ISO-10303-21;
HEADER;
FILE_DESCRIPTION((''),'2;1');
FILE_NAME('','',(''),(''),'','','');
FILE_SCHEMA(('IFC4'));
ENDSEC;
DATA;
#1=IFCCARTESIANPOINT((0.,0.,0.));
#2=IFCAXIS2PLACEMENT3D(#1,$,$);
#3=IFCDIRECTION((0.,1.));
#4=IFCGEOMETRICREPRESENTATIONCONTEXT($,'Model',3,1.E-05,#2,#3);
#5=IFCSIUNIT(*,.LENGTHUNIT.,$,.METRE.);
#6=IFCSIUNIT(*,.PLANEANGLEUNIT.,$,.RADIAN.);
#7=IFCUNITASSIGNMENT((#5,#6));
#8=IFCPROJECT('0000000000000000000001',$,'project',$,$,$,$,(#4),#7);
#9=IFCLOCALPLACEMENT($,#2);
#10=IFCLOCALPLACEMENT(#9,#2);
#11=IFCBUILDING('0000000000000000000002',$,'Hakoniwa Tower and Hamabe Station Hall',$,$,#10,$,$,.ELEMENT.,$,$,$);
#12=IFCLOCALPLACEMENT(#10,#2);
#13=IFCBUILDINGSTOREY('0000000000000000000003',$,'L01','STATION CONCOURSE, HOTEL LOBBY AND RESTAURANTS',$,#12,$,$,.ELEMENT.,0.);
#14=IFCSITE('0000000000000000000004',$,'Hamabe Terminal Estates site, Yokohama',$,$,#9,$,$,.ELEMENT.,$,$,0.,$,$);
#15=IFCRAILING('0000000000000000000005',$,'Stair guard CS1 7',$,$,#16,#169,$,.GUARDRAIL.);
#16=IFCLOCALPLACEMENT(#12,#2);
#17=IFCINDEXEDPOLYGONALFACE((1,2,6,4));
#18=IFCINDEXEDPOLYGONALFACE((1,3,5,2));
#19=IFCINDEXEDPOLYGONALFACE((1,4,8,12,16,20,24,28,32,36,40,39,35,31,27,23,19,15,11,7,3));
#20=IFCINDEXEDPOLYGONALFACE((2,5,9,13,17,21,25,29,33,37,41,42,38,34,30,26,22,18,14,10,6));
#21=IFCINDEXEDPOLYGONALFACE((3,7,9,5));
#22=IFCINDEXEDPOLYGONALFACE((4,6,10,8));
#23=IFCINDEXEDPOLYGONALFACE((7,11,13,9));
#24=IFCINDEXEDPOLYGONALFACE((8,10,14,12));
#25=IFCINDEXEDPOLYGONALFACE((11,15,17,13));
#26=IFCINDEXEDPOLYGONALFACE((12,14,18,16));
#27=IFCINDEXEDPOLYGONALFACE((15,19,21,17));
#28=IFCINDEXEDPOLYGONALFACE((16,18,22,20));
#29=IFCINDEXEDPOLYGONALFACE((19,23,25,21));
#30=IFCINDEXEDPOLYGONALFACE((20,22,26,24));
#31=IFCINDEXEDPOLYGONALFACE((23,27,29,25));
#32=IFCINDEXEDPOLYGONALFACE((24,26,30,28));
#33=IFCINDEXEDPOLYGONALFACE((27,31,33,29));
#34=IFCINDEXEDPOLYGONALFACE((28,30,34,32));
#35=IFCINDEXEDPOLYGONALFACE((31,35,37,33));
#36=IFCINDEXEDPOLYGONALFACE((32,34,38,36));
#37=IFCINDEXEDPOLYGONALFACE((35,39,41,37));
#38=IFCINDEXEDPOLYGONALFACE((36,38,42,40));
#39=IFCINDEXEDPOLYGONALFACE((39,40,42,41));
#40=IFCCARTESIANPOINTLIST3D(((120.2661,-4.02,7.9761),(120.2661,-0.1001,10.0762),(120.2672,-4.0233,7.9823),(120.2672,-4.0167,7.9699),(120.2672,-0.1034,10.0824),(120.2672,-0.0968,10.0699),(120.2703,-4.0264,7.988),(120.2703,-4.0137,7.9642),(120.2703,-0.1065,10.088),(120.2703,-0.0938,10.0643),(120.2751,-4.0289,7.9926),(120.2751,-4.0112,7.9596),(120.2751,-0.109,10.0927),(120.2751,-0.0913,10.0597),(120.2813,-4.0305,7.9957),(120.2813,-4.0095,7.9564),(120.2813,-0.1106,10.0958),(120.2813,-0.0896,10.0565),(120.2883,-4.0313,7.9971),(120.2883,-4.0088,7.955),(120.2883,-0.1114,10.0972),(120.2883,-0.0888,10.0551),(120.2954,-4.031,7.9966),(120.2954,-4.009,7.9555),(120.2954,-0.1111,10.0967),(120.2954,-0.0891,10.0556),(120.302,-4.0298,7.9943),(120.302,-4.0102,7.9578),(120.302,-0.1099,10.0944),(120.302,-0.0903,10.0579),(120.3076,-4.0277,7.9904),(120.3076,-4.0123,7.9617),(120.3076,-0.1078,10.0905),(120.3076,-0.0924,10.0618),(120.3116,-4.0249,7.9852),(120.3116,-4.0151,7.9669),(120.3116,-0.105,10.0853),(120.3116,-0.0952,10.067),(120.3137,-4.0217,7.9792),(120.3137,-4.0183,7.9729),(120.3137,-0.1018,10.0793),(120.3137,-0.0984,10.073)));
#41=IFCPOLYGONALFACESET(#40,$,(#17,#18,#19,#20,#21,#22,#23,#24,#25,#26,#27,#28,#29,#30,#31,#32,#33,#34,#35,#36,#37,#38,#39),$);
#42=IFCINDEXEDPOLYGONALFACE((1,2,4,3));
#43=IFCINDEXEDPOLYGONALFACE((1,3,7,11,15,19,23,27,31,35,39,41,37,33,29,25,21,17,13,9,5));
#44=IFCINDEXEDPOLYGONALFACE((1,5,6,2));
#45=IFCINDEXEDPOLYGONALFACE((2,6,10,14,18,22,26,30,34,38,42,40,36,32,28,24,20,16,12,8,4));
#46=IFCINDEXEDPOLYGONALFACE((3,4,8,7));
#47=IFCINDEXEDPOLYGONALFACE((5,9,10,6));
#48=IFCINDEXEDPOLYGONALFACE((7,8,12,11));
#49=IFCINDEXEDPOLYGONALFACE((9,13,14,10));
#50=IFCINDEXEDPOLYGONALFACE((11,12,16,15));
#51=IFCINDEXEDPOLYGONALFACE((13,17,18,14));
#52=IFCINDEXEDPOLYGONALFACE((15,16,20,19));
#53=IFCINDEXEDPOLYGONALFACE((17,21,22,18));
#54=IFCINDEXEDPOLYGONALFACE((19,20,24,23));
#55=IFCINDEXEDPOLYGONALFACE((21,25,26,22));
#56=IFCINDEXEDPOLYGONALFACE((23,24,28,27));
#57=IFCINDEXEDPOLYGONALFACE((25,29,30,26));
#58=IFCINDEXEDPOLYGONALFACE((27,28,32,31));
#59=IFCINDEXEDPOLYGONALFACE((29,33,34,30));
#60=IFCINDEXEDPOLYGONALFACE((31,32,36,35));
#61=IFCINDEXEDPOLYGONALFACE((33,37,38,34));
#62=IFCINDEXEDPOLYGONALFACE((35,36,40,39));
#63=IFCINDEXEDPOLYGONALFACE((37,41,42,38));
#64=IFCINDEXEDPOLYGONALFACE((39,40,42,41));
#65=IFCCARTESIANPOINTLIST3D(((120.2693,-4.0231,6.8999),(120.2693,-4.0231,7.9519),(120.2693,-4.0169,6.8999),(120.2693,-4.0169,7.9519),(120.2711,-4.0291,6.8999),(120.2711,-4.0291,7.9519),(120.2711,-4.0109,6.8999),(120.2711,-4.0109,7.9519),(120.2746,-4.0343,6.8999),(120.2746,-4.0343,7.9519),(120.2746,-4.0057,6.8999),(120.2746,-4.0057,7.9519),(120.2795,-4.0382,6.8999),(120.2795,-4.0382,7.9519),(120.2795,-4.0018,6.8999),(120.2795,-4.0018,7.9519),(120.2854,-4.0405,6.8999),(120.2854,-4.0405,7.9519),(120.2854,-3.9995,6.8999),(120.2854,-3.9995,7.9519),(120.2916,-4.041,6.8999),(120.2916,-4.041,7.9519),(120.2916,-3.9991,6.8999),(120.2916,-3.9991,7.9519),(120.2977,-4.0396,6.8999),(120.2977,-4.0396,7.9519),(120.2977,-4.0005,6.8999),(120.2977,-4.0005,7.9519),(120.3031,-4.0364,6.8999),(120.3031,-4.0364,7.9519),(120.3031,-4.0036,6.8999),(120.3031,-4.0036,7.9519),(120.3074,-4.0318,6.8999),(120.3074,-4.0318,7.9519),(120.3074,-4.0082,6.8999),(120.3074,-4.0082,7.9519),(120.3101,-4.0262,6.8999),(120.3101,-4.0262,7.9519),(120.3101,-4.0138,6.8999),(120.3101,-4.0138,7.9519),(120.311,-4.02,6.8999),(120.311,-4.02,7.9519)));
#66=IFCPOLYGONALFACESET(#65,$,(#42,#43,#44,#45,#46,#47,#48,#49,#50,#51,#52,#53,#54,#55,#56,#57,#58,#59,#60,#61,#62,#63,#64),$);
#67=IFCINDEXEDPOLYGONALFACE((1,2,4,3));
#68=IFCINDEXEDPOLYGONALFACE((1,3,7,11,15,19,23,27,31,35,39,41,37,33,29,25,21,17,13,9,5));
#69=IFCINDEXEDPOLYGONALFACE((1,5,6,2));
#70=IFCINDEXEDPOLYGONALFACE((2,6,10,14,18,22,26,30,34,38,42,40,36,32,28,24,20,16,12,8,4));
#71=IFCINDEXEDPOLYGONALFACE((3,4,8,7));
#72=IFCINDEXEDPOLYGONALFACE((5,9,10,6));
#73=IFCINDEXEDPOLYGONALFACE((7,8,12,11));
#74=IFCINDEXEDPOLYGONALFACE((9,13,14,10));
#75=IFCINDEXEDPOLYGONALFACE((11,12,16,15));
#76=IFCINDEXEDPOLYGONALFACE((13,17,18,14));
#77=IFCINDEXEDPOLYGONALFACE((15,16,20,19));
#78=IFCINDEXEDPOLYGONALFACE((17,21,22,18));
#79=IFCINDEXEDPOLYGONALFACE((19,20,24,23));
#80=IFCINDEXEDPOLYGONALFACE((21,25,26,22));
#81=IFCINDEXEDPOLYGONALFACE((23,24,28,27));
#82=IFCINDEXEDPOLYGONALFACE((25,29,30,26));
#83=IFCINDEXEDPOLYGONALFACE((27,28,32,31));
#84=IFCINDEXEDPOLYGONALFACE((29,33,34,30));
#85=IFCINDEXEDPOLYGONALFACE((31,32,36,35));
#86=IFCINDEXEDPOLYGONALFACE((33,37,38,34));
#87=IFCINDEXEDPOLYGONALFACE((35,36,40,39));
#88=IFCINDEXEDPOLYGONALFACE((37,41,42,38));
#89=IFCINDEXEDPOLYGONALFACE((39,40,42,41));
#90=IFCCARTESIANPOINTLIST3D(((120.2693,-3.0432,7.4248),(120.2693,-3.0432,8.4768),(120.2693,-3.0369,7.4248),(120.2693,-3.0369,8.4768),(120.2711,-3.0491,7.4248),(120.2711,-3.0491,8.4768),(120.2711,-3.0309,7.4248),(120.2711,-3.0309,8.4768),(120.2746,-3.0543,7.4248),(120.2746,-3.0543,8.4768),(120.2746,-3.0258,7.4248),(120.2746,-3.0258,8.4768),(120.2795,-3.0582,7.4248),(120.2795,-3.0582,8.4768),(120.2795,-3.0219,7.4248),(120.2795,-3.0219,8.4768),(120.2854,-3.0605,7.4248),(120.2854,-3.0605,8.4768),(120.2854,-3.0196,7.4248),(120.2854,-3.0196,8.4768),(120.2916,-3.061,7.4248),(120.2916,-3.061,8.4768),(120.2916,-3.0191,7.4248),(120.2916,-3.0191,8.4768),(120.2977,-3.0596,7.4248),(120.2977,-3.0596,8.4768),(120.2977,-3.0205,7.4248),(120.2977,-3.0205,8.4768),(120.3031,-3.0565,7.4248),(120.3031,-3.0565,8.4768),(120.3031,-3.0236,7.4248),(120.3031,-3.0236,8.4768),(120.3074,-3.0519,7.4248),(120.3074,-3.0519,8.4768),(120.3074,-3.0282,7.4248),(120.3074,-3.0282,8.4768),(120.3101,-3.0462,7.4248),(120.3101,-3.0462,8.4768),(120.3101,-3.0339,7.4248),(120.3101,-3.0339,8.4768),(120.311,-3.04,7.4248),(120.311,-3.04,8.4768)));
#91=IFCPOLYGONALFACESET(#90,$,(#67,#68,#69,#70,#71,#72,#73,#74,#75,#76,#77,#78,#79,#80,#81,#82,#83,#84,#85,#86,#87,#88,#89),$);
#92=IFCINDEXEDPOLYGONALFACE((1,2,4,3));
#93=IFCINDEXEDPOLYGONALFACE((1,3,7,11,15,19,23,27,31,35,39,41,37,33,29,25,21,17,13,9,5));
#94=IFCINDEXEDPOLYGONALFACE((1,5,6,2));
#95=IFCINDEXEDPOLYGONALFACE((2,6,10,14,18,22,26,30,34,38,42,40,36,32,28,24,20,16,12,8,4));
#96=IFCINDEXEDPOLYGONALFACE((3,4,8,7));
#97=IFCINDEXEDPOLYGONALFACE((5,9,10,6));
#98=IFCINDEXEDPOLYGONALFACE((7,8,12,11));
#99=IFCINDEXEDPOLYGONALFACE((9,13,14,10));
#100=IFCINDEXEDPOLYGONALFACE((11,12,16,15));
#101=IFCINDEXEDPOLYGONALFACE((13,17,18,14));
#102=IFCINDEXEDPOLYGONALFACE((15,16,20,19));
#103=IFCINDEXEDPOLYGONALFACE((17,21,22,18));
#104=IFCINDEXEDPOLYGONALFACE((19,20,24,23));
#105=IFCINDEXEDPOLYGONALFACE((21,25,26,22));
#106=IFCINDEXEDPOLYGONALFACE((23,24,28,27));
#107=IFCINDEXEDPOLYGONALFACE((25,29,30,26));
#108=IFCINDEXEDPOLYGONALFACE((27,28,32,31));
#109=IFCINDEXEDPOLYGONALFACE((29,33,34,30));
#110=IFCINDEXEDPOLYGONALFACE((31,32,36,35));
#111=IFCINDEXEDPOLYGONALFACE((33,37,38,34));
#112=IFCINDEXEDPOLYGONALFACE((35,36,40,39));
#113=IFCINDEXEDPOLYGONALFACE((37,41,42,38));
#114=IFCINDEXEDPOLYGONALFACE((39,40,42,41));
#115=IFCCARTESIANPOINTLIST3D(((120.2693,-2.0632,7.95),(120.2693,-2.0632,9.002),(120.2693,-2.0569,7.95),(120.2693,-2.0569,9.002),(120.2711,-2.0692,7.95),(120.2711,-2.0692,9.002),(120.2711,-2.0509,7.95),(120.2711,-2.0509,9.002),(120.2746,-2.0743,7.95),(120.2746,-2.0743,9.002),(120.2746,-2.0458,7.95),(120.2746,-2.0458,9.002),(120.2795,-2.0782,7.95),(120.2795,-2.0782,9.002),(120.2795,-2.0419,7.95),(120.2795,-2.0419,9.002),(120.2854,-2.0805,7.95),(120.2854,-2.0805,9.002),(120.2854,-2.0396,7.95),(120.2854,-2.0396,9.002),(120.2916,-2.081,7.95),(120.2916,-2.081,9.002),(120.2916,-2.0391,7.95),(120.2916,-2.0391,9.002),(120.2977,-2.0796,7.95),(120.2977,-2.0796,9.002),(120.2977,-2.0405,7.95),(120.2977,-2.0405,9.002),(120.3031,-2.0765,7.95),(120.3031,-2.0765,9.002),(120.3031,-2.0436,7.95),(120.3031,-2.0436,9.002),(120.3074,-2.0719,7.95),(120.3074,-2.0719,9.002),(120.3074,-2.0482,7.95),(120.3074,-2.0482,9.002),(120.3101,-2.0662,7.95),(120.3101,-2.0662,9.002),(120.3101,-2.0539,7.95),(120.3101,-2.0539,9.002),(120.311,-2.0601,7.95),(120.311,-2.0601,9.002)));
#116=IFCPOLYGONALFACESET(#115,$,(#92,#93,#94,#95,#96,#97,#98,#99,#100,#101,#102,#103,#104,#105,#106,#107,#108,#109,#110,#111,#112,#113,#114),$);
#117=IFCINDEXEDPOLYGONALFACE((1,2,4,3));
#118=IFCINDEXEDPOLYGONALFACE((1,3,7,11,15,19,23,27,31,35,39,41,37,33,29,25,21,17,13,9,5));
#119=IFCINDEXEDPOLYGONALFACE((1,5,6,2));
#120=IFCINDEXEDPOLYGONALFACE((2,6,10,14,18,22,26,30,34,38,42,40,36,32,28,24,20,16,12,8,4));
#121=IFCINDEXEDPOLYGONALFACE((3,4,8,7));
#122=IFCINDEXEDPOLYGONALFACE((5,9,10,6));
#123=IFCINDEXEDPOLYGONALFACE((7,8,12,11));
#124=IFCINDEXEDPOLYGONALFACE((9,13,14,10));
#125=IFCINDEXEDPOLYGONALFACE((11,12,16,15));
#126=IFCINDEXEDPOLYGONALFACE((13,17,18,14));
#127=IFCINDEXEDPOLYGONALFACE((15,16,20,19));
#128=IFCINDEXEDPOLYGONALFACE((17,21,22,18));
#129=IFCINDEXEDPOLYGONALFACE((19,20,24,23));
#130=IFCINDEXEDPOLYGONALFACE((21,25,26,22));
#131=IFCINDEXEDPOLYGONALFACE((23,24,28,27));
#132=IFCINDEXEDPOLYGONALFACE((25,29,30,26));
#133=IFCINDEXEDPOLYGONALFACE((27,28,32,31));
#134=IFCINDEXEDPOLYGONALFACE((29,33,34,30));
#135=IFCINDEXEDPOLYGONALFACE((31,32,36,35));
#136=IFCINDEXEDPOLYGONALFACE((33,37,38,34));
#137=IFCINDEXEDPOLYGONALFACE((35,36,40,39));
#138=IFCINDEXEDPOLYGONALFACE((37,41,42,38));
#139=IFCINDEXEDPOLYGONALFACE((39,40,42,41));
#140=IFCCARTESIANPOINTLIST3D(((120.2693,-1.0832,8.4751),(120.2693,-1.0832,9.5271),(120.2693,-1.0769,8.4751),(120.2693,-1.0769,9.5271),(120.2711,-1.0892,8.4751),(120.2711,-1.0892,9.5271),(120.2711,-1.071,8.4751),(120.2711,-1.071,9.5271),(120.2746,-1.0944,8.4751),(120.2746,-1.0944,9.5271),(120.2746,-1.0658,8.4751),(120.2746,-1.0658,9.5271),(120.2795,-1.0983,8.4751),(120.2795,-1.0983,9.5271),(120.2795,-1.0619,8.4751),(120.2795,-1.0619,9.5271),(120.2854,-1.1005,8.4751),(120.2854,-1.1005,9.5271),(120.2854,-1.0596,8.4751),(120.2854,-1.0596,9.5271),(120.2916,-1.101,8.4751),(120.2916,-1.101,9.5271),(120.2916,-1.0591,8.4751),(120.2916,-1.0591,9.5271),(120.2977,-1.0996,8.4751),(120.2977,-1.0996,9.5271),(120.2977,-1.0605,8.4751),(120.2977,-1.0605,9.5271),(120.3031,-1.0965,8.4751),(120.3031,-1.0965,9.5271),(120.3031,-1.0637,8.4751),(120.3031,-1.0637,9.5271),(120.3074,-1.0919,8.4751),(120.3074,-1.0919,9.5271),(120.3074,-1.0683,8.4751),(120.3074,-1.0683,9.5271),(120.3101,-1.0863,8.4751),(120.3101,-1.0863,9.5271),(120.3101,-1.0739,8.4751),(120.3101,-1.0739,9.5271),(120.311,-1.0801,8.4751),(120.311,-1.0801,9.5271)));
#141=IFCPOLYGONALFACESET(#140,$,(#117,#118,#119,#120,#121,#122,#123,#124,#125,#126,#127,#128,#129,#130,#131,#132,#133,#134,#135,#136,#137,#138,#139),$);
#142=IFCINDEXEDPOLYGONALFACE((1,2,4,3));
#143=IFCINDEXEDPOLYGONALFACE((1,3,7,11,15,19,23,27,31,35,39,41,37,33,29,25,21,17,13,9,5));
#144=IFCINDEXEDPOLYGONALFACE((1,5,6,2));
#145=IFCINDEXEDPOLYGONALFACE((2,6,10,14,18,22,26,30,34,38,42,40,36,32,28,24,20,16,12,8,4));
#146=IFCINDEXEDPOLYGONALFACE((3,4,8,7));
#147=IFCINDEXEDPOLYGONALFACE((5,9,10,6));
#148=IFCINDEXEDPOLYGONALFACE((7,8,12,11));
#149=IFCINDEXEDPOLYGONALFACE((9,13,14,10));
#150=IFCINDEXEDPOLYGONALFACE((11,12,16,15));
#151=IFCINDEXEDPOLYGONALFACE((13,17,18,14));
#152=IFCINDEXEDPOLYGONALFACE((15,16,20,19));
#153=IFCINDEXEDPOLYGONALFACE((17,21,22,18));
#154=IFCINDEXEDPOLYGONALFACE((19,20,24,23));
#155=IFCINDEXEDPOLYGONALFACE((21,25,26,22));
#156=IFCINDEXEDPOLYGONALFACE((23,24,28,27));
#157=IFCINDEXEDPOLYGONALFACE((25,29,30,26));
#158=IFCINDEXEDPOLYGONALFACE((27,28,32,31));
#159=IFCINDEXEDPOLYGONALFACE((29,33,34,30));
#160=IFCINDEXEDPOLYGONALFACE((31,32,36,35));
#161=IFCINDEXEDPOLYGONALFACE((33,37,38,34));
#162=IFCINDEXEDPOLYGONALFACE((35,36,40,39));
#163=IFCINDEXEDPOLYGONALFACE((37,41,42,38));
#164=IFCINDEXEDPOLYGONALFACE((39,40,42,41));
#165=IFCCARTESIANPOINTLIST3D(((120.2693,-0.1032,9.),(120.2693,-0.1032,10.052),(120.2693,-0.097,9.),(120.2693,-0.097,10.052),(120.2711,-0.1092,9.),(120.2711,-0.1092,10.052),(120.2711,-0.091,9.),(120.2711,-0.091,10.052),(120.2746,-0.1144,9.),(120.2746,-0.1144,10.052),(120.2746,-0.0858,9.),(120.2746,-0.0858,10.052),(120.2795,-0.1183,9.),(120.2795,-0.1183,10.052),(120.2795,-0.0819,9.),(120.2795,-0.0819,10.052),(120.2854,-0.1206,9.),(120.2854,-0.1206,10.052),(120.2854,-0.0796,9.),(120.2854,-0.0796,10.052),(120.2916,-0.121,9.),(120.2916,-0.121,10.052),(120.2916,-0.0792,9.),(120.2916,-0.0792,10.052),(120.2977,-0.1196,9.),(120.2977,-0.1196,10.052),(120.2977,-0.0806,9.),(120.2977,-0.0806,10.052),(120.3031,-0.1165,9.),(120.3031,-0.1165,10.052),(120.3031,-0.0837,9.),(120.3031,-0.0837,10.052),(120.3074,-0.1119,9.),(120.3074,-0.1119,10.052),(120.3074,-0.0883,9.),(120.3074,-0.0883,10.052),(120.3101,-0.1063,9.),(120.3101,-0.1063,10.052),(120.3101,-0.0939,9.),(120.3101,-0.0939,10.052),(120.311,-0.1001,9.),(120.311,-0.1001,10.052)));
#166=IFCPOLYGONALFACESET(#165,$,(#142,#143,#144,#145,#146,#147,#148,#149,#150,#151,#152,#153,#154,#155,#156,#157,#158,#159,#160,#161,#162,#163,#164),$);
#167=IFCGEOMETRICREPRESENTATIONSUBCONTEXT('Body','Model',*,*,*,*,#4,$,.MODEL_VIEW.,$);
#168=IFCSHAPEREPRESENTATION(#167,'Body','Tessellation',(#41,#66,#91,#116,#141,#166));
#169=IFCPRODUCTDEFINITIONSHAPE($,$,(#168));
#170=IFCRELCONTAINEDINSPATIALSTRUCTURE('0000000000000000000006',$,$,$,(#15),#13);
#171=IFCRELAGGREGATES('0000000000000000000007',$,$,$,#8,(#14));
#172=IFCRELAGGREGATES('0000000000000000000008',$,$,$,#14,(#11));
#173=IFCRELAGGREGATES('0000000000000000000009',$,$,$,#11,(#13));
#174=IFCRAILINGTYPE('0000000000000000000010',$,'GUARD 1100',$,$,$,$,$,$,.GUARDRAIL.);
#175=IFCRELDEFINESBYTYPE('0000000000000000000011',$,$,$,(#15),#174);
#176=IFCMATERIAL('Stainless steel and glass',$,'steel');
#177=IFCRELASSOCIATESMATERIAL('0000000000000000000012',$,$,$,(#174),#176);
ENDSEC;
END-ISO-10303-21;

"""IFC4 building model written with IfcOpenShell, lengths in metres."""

from ifc_helpers import new_model, si_unit, direction, frame, origin, origin_2d, place, context, subcontext, project, spatial, circle, extrude, material, type_object, element, save


model = new_model("IFC4")

# Units and contexts
model_context = context("Model", 3, precision=1e-05, world=origin(), true_north=direction((0.0, 1.0)))
body_context = subcontext(model_context, "Body", "Model", "MODEL_VIEW")
ifc_project = project(units=[si_unit("LENGTHUNIT", "METRE"), si_unit("PLANEANGLEUNIT", "RADIAN")], contexts=[model_context])

# Site, building, storey
site_placement = place(None, origin())
site = spatial("IfcSite", under=ifc_project, at=site_placement, Name="Hamabe Terminal Estates site, Yokohama", CompositionType="ELEMENT", RefElevation=0.0)
building_placement = place(site_placement, origin())
building = spatial("IfcBuilding", under=site, at=building_placement, Name="Hakoniwa Tower and Hamabe Station Hall", CompositionType="ELEMENT")
storey_placement = place(building_placement, origin())
storey = spatial("IfcBuildingStorey", under=building, at=storey_placement, Name="L01", Description="STATION CONCOURSE, HOTEL LOBBY AND RESTAURANTS", CompositionType="ELEMENT", Elevation=0.0)

# Railing
ifc_material_1 = material(Name="Stainless steel and glass", Category="steel")
railing_type_1 = type_object("IfcRailingType", Name="GUARD 1100", PredefinedType="GUARDRAIL", material=ifc_material_1)
for number, where, name in (
    (1, (120.29, -4.02, 6.8999), "Stair guard CS1 7"),
):
    element("IfcRailing", number, at=place(storey_placement, frame(where)), inside=storey, type_object=railing_type_1, Name=name, PredefinedType="GUARDRAIL", context=body_context, shape_type="SweptSolid", body=[
        extrude(circle(Radius=0.0239, at=origin_2d()), frame((0.0, 0.0, 1.0762), z_axis=(0.0, 0.881467, 0.472246), x_axis=(-1.0, 0.0, 0.0)), (0.0, 0.0, 1.0), 4.447),
        extrude(circle(Radius=0.021, at=origin_2d()), origin(), (0.0, 0.0, 1.0), 1.052),
        extrude(circle(Radius=0.021, at=origin_2d()), frame((0.0, 0.98, 0.5249)), (0.0, 0.0, 1.0), 1.052),
        extrude(circle(Radius=0.021, at=origin_2d()), frame((0.0, 1.96, 1.05)), (0.0, 0.0, 1.0), 1.052),
        extrude(circle(Radius=0.021, at=origin_2d()), frame((0.0, 2.9399, 1.5752)), (0.0, 0.0, 1.0), 1.052),
        extrude(circle(Radius=0.021, at=origin_2d()), frame((0.0, 3.9199, 2.1001)), (0.0, 0.0, 1.0), 1.052),
    ])

save(model, "model.ifc")
